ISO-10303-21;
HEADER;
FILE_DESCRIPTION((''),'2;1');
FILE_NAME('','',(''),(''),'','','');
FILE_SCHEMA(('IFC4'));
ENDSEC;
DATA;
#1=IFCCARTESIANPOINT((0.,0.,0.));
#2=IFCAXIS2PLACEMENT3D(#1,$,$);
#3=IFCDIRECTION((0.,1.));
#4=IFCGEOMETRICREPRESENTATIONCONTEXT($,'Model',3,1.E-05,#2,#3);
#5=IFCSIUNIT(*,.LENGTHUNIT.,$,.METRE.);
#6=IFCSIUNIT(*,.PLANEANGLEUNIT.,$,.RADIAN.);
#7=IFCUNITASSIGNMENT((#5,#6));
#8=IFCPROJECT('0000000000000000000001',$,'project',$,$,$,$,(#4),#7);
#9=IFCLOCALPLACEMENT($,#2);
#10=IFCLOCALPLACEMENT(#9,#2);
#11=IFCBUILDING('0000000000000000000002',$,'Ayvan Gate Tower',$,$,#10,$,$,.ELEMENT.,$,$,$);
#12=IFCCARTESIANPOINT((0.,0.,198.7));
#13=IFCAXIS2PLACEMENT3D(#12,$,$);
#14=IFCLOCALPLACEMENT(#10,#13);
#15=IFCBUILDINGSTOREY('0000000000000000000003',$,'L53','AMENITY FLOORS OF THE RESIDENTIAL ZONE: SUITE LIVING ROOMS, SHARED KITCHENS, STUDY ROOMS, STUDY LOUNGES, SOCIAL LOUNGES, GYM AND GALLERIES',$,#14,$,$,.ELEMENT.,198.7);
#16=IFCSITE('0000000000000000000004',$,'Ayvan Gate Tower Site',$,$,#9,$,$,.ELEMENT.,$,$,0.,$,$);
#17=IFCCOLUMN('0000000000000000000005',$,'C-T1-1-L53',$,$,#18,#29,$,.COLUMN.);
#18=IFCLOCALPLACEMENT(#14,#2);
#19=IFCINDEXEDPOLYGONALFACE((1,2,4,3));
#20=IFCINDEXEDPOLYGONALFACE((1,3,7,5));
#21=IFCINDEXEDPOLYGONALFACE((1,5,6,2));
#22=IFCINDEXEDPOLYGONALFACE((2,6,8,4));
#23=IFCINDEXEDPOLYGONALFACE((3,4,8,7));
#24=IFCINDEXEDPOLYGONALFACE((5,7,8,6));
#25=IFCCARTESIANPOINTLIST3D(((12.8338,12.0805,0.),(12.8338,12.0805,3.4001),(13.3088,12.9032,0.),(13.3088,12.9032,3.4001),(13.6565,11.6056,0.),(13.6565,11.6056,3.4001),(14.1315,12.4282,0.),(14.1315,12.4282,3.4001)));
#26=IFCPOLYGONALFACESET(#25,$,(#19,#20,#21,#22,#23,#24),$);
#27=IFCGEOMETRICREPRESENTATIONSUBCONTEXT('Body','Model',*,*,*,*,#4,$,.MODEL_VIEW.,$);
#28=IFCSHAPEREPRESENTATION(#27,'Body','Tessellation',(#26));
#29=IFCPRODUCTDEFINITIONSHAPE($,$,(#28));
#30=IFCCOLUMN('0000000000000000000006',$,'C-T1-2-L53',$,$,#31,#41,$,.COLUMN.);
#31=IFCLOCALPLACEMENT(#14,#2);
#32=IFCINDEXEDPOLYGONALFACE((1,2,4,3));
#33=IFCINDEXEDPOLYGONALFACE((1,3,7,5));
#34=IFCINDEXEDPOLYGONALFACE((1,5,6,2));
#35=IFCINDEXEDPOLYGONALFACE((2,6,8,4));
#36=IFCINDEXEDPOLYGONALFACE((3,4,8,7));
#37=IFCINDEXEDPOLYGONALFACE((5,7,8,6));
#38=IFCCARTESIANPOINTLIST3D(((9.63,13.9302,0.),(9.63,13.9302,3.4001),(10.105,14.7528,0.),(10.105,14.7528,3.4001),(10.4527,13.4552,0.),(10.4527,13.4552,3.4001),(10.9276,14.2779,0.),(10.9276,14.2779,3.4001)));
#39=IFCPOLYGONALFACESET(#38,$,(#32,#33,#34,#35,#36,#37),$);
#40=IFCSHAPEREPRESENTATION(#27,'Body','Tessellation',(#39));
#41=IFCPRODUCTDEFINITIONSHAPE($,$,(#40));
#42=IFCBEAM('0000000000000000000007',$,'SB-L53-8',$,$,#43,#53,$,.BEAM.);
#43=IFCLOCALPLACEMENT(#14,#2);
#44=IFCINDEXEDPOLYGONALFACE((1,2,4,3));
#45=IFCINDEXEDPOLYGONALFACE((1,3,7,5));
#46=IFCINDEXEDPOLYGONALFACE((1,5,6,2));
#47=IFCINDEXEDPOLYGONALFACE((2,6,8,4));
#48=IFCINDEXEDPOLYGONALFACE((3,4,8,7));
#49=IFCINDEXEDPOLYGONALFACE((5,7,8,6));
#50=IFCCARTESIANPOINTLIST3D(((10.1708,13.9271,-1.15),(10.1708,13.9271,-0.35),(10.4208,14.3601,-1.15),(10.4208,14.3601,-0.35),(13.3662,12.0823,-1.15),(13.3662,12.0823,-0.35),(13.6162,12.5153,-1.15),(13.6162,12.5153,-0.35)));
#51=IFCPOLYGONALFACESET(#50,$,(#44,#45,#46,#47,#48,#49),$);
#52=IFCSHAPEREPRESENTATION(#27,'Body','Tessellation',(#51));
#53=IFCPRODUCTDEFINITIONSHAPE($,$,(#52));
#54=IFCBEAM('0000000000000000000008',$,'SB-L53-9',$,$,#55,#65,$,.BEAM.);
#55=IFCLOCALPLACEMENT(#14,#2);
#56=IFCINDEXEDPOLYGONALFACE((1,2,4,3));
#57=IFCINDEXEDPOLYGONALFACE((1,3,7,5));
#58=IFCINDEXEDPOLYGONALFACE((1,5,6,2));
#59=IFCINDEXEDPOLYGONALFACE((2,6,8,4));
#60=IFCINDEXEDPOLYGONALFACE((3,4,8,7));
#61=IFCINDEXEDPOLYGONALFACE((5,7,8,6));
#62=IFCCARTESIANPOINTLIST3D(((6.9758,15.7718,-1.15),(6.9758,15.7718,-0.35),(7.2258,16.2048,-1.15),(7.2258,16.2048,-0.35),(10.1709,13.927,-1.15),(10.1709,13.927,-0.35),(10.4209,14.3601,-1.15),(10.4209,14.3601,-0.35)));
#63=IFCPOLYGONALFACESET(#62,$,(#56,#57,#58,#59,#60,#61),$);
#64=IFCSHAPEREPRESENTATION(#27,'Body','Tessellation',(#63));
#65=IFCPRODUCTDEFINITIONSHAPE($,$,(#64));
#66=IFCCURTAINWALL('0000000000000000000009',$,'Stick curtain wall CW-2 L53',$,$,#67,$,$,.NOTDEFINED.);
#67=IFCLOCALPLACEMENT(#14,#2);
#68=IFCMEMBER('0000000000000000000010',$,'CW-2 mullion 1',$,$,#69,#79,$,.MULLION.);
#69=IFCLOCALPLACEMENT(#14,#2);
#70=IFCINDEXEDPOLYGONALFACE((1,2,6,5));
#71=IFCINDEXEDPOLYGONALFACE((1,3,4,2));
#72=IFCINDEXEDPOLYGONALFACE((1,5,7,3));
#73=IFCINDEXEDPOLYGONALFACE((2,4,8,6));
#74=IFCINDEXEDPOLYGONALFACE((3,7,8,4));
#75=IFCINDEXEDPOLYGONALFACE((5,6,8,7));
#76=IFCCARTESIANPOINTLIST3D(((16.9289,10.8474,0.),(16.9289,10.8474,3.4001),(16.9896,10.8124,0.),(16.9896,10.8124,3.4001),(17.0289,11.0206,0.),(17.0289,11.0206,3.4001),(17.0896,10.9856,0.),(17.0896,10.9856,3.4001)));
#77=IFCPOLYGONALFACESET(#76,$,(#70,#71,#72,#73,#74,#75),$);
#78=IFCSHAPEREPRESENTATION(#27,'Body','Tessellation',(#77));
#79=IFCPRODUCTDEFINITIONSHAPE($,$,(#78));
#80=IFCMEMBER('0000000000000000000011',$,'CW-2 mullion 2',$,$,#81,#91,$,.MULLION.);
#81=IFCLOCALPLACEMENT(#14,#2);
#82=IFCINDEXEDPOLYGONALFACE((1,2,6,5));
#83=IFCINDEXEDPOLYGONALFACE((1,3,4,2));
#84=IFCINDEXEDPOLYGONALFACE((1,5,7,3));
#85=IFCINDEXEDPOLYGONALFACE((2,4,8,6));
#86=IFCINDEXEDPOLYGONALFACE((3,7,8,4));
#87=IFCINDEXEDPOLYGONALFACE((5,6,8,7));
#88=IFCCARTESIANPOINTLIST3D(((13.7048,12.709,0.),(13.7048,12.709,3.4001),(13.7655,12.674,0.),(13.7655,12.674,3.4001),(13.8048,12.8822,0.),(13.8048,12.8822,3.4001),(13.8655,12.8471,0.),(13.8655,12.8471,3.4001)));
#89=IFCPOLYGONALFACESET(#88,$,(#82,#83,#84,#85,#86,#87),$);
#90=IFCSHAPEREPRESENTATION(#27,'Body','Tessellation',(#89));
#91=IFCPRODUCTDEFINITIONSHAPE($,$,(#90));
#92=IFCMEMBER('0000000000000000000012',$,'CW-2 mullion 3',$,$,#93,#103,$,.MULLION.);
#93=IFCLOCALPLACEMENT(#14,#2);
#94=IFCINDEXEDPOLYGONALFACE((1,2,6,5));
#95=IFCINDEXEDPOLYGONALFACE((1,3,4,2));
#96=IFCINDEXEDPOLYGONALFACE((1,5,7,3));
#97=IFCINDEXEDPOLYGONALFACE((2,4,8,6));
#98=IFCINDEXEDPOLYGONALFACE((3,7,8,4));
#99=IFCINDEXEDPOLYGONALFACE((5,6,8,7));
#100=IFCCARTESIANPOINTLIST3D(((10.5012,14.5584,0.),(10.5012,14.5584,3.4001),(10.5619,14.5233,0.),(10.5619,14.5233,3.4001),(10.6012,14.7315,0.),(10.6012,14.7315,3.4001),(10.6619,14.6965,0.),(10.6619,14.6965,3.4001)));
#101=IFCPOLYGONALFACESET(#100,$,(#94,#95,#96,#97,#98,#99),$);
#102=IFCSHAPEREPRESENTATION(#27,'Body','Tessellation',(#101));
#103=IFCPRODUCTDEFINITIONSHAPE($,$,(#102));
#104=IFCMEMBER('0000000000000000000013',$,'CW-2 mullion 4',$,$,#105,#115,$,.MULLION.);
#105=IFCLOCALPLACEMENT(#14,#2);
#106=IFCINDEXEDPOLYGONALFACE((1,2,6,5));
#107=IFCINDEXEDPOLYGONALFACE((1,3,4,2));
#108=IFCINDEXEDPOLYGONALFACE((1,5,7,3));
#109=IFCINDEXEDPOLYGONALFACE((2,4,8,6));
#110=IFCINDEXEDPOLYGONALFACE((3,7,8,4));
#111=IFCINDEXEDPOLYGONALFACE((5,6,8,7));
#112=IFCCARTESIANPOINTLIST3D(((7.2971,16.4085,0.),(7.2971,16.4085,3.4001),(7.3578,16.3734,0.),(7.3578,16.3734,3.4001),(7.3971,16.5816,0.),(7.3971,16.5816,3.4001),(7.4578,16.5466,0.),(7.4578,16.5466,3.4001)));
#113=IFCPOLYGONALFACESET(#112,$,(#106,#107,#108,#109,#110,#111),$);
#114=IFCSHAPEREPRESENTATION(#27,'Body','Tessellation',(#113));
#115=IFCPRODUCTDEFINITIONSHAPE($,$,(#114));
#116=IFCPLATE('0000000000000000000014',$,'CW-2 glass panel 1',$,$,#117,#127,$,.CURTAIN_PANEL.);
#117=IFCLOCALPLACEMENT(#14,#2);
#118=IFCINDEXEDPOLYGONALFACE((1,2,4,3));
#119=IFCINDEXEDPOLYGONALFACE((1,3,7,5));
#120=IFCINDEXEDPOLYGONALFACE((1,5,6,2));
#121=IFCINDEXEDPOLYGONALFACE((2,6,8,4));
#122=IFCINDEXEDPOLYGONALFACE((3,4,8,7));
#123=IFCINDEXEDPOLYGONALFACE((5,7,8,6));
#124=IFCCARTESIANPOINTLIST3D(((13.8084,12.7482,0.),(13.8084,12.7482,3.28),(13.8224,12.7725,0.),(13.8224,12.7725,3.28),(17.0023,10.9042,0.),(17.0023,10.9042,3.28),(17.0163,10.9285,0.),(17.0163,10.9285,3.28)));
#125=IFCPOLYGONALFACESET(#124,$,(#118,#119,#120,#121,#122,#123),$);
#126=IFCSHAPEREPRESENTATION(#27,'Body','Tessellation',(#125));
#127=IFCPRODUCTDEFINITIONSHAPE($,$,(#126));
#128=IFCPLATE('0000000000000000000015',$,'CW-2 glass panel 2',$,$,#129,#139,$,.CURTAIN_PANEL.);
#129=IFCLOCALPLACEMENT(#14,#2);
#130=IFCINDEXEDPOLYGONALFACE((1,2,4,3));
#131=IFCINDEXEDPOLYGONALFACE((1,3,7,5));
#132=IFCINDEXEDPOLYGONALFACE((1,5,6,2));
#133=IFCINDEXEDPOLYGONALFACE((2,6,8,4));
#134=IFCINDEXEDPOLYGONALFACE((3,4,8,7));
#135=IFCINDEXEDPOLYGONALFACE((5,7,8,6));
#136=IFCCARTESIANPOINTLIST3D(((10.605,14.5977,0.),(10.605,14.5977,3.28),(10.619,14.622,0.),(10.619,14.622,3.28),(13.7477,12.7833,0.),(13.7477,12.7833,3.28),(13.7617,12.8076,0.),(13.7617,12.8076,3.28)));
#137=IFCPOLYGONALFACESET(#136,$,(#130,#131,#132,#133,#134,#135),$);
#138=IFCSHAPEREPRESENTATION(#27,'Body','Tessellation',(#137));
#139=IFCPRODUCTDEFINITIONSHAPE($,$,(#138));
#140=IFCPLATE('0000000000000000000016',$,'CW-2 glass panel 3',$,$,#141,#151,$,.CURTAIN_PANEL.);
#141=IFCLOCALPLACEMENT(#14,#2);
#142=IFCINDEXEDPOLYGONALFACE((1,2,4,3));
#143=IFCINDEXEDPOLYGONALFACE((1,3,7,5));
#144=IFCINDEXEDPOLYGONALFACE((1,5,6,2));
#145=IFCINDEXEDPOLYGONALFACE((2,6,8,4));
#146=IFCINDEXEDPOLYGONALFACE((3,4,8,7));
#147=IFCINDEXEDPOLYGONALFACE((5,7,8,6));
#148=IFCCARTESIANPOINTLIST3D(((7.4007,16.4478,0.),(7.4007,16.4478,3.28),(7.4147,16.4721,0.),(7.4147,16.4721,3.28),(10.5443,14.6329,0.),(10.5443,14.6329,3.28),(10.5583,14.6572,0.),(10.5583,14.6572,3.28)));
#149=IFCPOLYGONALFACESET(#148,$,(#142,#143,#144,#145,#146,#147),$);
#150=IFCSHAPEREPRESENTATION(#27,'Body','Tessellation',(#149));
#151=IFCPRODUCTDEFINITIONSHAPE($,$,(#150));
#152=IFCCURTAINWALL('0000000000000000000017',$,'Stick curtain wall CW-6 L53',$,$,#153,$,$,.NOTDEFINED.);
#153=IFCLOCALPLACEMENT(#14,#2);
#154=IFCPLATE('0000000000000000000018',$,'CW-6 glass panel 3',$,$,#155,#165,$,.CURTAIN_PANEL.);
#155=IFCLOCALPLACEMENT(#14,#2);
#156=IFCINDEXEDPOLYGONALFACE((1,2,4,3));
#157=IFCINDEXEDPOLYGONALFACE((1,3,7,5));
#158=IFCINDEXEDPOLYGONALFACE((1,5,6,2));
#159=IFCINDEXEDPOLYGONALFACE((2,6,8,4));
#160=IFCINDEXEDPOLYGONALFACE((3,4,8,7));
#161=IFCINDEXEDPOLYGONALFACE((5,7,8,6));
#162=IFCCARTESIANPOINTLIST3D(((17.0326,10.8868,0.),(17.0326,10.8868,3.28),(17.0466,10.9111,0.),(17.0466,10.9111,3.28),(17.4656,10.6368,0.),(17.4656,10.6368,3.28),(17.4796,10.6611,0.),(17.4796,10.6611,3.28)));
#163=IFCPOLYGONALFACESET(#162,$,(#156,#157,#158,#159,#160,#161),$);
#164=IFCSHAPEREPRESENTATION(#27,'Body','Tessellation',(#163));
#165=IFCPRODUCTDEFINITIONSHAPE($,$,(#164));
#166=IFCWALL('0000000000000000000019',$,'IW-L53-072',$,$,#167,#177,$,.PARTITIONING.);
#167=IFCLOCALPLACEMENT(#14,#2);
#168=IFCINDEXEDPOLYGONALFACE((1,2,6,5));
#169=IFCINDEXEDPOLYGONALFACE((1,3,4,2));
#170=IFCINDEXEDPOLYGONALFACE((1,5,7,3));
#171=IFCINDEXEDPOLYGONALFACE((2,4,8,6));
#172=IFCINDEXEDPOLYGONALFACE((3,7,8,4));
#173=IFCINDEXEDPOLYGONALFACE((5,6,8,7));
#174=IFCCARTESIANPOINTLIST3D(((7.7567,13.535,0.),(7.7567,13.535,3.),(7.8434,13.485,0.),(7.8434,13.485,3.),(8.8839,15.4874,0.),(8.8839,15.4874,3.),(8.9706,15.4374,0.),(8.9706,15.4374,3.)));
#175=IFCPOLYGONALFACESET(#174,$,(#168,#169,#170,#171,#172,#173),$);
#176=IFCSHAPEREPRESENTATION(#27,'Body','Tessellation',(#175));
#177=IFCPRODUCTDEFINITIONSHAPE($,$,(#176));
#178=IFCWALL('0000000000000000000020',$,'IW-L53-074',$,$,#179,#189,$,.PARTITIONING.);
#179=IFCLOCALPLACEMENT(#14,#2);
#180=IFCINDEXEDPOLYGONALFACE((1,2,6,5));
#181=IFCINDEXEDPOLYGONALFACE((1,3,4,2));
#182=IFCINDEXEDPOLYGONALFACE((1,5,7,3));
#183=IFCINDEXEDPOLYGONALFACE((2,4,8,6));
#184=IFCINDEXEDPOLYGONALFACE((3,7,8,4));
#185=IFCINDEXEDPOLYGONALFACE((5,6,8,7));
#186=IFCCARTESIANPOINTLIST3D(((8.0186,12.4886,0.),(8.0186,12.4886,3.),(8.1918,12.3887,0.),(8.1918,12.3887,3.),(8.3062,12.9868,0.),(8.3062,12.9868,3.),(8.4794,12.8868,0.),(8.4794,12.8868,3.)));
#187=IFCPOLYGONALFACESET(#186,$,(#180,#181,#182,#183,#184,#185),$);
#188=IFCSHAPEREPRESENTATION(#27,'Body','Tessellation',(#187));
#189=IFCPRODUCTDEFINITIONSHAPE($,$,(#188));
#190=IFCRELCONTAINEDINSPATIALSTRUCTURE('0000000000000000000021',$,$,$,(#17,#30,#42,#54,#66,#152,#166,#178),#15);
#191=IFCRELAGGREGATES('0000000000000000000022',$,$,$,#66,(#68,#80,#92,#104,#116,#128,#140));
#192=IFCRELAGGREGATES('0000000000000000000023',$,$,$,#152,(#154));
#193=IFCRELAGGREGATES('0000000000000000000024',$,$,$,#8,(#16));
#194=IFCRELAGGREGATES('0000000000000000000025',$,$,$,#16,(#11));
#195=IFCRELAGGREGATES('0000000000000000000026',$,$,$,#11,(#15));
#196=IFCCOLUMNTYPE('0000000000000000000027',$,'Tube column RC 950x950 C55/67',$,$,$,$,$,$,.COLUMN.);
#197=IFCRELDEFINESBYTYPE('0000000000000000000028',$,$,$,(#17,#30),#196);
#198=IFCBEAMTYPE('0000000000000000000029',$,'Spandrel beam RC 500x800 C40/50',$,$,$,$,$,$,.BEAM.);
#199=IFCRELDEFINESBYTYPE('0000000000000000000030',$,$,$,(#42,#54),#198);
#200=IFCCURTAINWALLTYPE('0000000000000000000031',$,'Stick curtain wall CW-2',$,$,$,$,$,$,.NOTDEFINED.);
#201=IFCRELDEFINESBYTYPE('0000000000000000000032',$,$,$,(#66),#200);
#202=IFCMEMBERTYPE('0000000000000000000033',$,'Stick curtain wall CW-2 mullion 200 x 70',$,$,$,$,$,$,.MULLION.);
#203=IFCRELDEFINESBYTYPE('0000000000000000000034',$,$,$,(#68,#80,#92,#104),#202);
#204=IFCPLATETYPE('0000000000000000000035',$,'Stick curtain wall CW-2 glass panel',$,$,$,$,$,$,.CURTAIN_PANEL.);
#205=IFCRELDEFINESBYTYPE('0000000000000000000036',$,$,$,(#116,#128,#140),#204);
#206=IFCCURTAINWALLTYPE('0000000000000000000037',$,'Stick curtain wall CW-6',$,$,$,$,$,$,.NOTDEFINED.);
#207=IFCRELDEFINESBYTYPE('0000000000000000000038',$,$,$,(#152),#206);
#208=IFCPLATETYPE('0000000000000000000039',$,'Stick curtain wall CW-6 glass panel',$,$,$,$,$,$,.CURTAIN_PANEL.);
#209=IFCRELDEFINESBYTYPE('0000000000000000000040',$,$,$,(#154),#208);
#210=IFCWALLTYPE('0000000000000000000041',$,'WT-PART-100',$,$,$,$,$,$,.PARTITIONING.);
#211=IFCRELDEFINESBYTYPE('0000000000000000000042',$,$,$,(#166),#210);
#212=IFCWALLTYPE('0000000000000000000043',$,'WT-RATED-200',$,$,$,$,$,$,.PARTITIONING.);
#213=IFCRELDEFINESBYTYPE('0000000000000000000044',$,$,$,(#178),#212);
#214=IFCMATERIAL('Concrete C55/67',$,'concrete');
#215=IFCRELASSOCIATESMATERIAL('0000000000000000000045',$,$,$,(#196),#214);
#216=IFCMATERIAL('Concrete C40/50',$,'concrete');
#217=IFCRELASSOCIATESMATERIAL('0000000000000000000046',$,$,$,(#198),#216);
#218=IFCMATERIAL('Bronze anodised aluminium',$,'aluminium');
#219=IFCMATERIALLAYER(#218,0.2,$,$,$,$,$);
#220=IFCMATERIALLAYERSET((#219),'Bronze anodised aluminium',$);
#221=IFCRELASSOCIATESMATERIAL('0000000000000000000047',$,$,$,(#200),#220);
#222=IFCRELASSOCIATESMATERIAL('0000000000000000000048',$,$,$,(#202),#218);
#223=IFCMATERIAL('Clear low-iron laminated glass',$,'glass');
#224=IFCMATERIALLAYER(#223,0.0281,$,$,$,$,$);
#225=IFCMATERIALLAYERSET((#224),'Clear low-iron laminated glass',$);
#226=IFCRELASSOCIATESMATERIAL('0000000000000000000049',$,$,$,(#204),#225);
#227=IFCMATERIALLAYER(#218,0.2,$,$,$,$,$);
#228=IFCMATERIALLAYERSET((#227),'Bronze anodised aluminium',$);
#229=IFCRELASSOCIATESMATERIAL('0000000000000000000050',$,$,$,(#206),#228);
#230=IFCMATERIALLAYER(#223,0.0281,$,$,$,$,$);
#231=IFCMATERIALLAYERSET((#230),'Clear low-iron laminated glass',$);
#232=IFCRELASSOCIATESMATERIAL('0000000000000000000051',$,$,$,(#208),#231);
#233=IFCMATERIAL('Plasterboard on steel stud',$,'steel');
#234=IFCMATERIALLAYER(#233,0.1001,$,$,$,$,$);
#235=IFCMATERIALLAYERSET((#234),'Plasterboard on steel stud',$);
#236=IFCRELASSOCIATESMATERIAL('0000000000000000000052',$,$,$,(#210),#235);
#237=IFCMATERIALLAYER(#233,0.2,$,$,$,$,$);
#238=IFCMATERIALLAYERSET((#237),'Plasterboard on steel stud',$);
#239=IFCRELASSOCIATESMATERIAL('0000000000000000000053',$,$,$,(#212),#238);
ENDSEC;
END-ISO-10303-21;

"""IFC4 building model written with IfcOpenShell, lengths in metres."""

from ifc_helpers import new_model, si_unit, direction, frame, frame_2d, origin, origin_2d, place, context, subcontext, project, spatial, rectangle, extrude, material, layer, layer_set, material_profile, profile_set, type_object, element, aggregate, save


model = new_model("IFC4")

# Units and contexts
model_context = context("Model", 3, precision=1e-05, world=origin(), true_north=direction((0.0, 1.0)))
body_context = subcontext(model_context, "Body", "Model", "MODEL_VIEW")
ifc_project = project(units=[si_unit("LENGTHUNIT", "METRE"), si_unit("PLANEANGLEUNIT", "RADIAN")], contexts=[model_context])

# Site, building, storey
site_placement = place(None, origin())
site = spatial("IfcSite", under=ifc_project, at=site_placement, Name="Ayvan Gate Tower Site", CompositionType="ELEMENT", RefElevation=0.0)
building_placement = place(site_placement, origin())
building = spatial("IfcBuilding", under=site, at=building_placement, Name="Ayvan Gate Tower", CompositionType="ELEMENT")
storey_placement = place(building_placement, frame((0.0, 0.0, 198.7)))
storey = spatial("IfcBuildingStorey", under=building, at=storey_placement, Name="L53", Description="AMENITY FLOORS OF THE RESIDENTIAL ZONE: SUITE LIVING ROOMS, SHARED KITCHENS, STUDY ROOMS, STUDY LOUNGES, SOCIAL LOUNGES, GYM AND GALLERIES", CompositionType="ELEMENT", Elevation=198.7)

# Columns
ifc_material_1 = material(Name="Concrete C55/67", Category="concrete")
ifc_material_profile_1 = material_profile(ifc_material_1, rectangle(XDim=0.95, YDim=0.95, at=origin_2d()), Name="RC 950x950")
ifc_profile_set_1 = profile_set([ifc_material_profile_1], Name="Concrete C55/67")
column_type = type_object("IfcColumnType", Name="Tube column RC 950x950 C55/67", PredefinedType="COLUMN", material=ifc_profile_set_1)
for number, where, z_axis, x_axis, name in (
    (1, (13.4827, 12.2544, 0.0), (0.0, 0.0, 1.0), (0.5, 0.866025, 0.0), "C-T1-1-L53"),
    (2, (10.2788, 14.104, 0.0), (0.0, 0.0, 1.0), (0.5, 0.866025, 0.0), "C-T1-2-L53"),
):
    element("IfcColumn", number, at=place(storey_placement, frame(where, z_axis=z_axis, x_axis=x_axis)), inside=storey, type_object=column_type, Name=name, PredefinedType="COLUMN", context=body_context, shape_type="SweptSolid", body=[
        extrude(rectangle(XDim=0.95, YDim=0.95, at=origin_2d()), origin(), (0.0, 0.0, 1.0), 3.4001),
    ])

# Beams
ifc_material_2 = material(Name="Concrete C40/50", Category="concrete")
ifc_material_profile_2 = material_profile(ifc_material_2, rectangle(XDim=0.5, YDim=0.8, at=origin_2d()), Name="RC 500x800")
ifc_profile_set_2 = profile_set([ifc_material_profile_2], Name="Concrete C40/50")
beam_type = type_object("IfcBeamType", Name="Spandrel beam RC 500x800 C40/50", PredefinedType="BEAM", material=ifc_profile_set_2)
beam_1_placement = place(storey_placement, frame((13.4912, 12.2988, -0.75), z_axis=(-0.866036, 0.499982, 0.0), x_axis=(-0.499982, -0.866036, 0.0)))
element("IfcBeam", 3, at=beam_1_placement, inside=storey, type_object=beam_type, Name="SB-L53-8", PredefinedType="BEAM", context=body_context, shape_type="SweptSolid", body=[
    extrude(rectangle(XDim=0.5, YDim=0.8, at=origin_2d()), origin(), (0.0, 0.0, 1.0), 3.6897),
])
beam_2_placement = place(storey_placement, frame((10.2959, 14.1436, -0.75), z_axis=(-0.866019, 0.500011, 0.0), x_axis=(-0.500011, -0.866019, 0.0)))
element("IfcBeam", 4, at=beam_2_placement, inside=storey, type_object=beam_type, Name="SB-L53-9", PredefinedType="BEAM", context=body_context, shape_type="SweptSolid", body=[
    extrude(rectangle(XDim=0.5, YDim=0.8, at=origin_2d()), origin(), (0.0, 0.0, 1.0), 3.6895),
])

# Curtain wall, members, plates
ifc_material_3 = material(Name="Bronze anodised aluminium", Category="aluminium")
ifc_layer_1 = layer(ifc_material_3, 0.2)
ifc_layer_set_1 = layer_set([ifc_layer_1], Name="Bronze anodised aluminium")
curtain_wall_type_1 = type_object("IfcCurtainWallType", Name="Stick curtain wall CW-2", PredefinedType="NOTDEFINED", material=ifc_layer_set_1)
curtain_wall_1_placement = place(storey_placement, origin())
curtain_wall_1 = element("IfcCurtainWall", 5, at=curtain_wall_1_placement, inside=storey, type_object=curtain_wall_type_1, Name="Stick curtain wall CW-2 L53", PredefinedType="NOTDEFINED")
ifc_material_profile_3 = material_profile(ifc_material_3, rectangle(XDim=0.2, YDim=0.0701, at=origin_2d()), Name="Stick curtain wall CW-2 mullion 200 x 70")
ifc_profile_set_3 = profile_set([ifc_material_profile_3], Name="Bronze anodised aluminium")
member_type = type_object("IfcMemberType", Name="Stick curtain wall CW-2 mullion 200 x 70", PredefinedType="MULLION", material=ifc_profile_set_3)
member_1_placement = place(storey_placement, frame((17.0093, 10.9165, 0.0), z_axis=(0.0, 0.0, 1.0), x_axis=(0.5, 0.866025, 0.0)))
member_1 = element("IfcMember", 6, at=member_1_placement, type_object=member_type, Name="CW-2 mullion 1", PredefinedType="MULLION", context=body_context, shape_type="SweptSolid", body=[
    extrude(rectangle(XDim=0.2, YDim=0.0701, at=origin_2d()), origin(), (0.0, 0.0, 1.0), 3.4001),
])
member_2_placement = place(storey_placement, frame((13.7852, 12.7781, 0.0), z_axis=(0.0, 0.0, 1.0), x_axis=(0.5, 0.866025, 0.0)))
member_2 = element("IfcMember", 7, at=member_2_placement, type_object=member_type, Name="CW-2 mullion 2", PredefinedType="MULLION", context=body_context, shape_type="SweptSolid", body=[
    extrude(rectangle(XDim=0.2, YDim=0.0701, at=origin_2d()), origin(), (0.0, 0.0, 1.0), 3.4001),
])
member_3_placement = place(storey_placement, frame((10.5815, 14.6274, 0.0), z_axis=(0.0, 0.0, 1.0), x_axis=(0.5, 0.866025, 0.0)))
member_3 = element("IfcMember", 8, at=member_3_placement, type_object=member_type, Name="CW-2 mullion 3", PredefinedType="MULLION", context=body_context, shape_type="SweptSolid", body=[
    extrude(rectangle(XDim=0.2, YDim=0.0701, at=origin_2d()), origin(), (0.0, 0.0, 1.0), 3.4001),
])
member_4_placement = place(storey_placement, frame((7.3774, 16.4775, 0.0), z_axis=(0.0, 0.0, 1.0), x_axis=(0.5, 0.866025, 0.0)))
member_4 = element("IfcMember", 9, at=member_4_placement, type_object=member_type, Name="CW-2 mullion 4", PredefinedType="MULLION", context=body_context, shape_type="SweptSolid", body=[
    extrude(rectangle(XDim=0.2, YDim=0.0701, at=origin_2d()), origin(), (0.0, 0.0, 1.0), 3.4001),
])
ifc_material_4 = material(Name="Clear low-iron laminated glass", Category="glass")
ifc_layer_2 = layer(ifc_material_4, 0.0281)
ifc_layer_set_2 = layer_set([ifc_layer_2], Name="Clear low-iron laminated glass")
plate_type_1 = type_object("IfcPlateType", Name="Stick curtain wall CW-2 glass panel", PredefinedType="CURTAIN_PANEL", material=ifc_layer_set_2)
plate_1_placement = place(storey_placement, frame((15.4124, 11.8384, 0.0), z_axis=(0.0, 0.0, 1.0), x_axis=(-0.866025, 0.5, 0.0)))
plate_1 = element("IfcPlate", 10, at=plate_1_placement, type_object=plate_type_1, Name="CW-2 glass panel 1", PredefinedType="CURTAIN_PANEL", context=body_context, shape_type="SweptSolid", body=[
    extrude(rectangle(XDim=3.688, YDim=0.0281, at=origin_2d()), origin(), (0.0, 0.0, 1.0), 3.28),
])
plate_2_placement = place(storey_placement, frame((12.1833, 13.7026, 0.0), z_axis=(0.0, 0.0, 1.0), x_axis=(-0.866025, 0.5, 0.0)))
plate_2 = element("IfcPlate", 11, at=plate_2_placement, type_object=plate_type_1, Name="CW-2 glass panel 2", PredefinedType="CURTAIN_PANEL", context=body_context, shape_type="SweptSolid", body=[
    extrude(rectangle(XDim=3.6289, YDim=0.0281, at=origin_2d()), origin(), (0.0, 0.0, 1.0), 3.28),
])
plate_3_placement = place(storey_placement, frame((8.9795, 15.5525, 0.0), z_axis=(0.0, 0.0, 1.0), x_axis=(-0.866025, 0.5, 0.0)))
plate_3 = element("IfcPlate", 12, at=plate_3_placement, type_object=plate_type_1, Name="CW-2 glass panel 3", PredefinedType="CURTAIN_PANEL", context=body_context, shape_type="SweptSolid", body=[
    extrude(rectangle(XDim=3.6299, YDim=0.0281, at=origin_2d()), origin(), (0.0, 0.0, 1.0), 3.28),
])
aggregate(curtain_wall_1, [member_1, member_2, member_3, member_4, plate_1, plate_2, plate_3])

# Curtain wall, plate
ifc_layer_3 = layer(ifc_material_3, 0.2)
ifc_layer_set_3 = layer_set([ifc_layer_3], Name="Bronze anodised aluminium")
curtain_wall_type_2 = type_object("IfcCurtainWallType", Name="Stick curtain wall CW-6", PredefinedType="NOTDEFINED", material=ifc_layer_set_3)
curtain_wall_2_placement = place(storey_placement, origin())
curtain_wall_2 = element("IfcCurtainWall", 13, at=curtain_wall_2_placement, inside=storey, type_object=curtain_wall_type_2, Name="Stick curtain wall CW-6 L53", PredefinedType="NOTDEFINED")
ifc_layer_4 = layer(ifc_material_4, 0.0281)
ifc_layer_set_4 = layer_set([ifc_layer_4], Name="Clear low-iron laminated glass")
plate_type_2 = type_object("IfcPlateType", Name="Stick curtain wall CW-6 glass panel", PredefinedType="CURTAIN_PANEL", material=ifc_layer_set_4)
plate_4_placement = place(storey_placement, frame((17.2561, 10.7739, 0.0), z_axis=(0.0, 0.0, 1.0), x_axis=(-0.866025, 0.5, 0.0)))
plate_4 = element("IfcPlate", 14, at=plate_4_placement, type_object=plate_type_2, Name="CW-6 glass panel 3", PredefinedType="CURTAIN_PANEL", context=body_context, shape_type="SweptSolid", body=[
    extrude(rectangle(XDim=0.5, YDim=0.0281, at=origin_2d()), origin(), (0.0, 0.0, 1.0), 3.28),
])
aggregate(curtain_wall_2, [plate_4])

# Walls
ifc_material_5 = material(Name="Plasterboard on steel stud", Category="steel")
ifc_layer_5 = layer(ifc_material_5, 0.1001)
ifc_layer_set_5 = layer_set([ifc_layer_5], Name="Plasterboard on steel stud")
wall_type_1 = type_object("IfcWallType", Name="WT-PART-100", PredefinedType="PARTITIONING", material=ifc_layer_set_5)
wall_1_placement = place(storey_placement, frame((7.8, 13.51, 0.0), z_axis=(0.0, 0.0, 1.0), x_axis=(0.499994, 0.866029, 0.0)))
element("IfcWall", 15, at=wall_1_placement, inside=storey, type_object=wall_type_1, Name="IW-L53-072", PredefinedType="PARTITIONING", context=body_context, shape_type="SweptSolid", body=[
    extrude(rectangle(XDim=2.2544, YDim=0.1001, at=frame_2d((1.1272, 0.0))), origin(), (0.0, 0.0, 1.0), 3.0),
])
ifc_layer_6 = layer(ifc_material_5, 0.2)
ifc_layer_set_6 = layer_set([ifc_layer_6], Name="Plasterboard on steel stud")
wall_type_2 = type_object("IfcWallType", Name="WT-RATED-200", PredefinedType="PARTITIONING", material=ifc_layer_set_6)
wall_2_placement = place(storey_placement, frame((8.3928, 12.9368, 0.0), z_axis=(0.0, 0.0, 1.0), x_axis=(-0.500065, -0.865988, 0.0)))
element("IfcWall", 16, at=wall_2_placement, inside=storey, type_object=wall_type_2, Name="IW-L53-074", PredefinedType="PARTITIONING", context=body_context, shape_type="SweptSolid", body=[
    extrude(rectangle(XDim=0.5752, YDim=0.2, at=frame_2d((0.2876, 0.0))), origin(), (0.0, 0.0, 1.0), 3.0),
])

save(model, "model.ifc")
